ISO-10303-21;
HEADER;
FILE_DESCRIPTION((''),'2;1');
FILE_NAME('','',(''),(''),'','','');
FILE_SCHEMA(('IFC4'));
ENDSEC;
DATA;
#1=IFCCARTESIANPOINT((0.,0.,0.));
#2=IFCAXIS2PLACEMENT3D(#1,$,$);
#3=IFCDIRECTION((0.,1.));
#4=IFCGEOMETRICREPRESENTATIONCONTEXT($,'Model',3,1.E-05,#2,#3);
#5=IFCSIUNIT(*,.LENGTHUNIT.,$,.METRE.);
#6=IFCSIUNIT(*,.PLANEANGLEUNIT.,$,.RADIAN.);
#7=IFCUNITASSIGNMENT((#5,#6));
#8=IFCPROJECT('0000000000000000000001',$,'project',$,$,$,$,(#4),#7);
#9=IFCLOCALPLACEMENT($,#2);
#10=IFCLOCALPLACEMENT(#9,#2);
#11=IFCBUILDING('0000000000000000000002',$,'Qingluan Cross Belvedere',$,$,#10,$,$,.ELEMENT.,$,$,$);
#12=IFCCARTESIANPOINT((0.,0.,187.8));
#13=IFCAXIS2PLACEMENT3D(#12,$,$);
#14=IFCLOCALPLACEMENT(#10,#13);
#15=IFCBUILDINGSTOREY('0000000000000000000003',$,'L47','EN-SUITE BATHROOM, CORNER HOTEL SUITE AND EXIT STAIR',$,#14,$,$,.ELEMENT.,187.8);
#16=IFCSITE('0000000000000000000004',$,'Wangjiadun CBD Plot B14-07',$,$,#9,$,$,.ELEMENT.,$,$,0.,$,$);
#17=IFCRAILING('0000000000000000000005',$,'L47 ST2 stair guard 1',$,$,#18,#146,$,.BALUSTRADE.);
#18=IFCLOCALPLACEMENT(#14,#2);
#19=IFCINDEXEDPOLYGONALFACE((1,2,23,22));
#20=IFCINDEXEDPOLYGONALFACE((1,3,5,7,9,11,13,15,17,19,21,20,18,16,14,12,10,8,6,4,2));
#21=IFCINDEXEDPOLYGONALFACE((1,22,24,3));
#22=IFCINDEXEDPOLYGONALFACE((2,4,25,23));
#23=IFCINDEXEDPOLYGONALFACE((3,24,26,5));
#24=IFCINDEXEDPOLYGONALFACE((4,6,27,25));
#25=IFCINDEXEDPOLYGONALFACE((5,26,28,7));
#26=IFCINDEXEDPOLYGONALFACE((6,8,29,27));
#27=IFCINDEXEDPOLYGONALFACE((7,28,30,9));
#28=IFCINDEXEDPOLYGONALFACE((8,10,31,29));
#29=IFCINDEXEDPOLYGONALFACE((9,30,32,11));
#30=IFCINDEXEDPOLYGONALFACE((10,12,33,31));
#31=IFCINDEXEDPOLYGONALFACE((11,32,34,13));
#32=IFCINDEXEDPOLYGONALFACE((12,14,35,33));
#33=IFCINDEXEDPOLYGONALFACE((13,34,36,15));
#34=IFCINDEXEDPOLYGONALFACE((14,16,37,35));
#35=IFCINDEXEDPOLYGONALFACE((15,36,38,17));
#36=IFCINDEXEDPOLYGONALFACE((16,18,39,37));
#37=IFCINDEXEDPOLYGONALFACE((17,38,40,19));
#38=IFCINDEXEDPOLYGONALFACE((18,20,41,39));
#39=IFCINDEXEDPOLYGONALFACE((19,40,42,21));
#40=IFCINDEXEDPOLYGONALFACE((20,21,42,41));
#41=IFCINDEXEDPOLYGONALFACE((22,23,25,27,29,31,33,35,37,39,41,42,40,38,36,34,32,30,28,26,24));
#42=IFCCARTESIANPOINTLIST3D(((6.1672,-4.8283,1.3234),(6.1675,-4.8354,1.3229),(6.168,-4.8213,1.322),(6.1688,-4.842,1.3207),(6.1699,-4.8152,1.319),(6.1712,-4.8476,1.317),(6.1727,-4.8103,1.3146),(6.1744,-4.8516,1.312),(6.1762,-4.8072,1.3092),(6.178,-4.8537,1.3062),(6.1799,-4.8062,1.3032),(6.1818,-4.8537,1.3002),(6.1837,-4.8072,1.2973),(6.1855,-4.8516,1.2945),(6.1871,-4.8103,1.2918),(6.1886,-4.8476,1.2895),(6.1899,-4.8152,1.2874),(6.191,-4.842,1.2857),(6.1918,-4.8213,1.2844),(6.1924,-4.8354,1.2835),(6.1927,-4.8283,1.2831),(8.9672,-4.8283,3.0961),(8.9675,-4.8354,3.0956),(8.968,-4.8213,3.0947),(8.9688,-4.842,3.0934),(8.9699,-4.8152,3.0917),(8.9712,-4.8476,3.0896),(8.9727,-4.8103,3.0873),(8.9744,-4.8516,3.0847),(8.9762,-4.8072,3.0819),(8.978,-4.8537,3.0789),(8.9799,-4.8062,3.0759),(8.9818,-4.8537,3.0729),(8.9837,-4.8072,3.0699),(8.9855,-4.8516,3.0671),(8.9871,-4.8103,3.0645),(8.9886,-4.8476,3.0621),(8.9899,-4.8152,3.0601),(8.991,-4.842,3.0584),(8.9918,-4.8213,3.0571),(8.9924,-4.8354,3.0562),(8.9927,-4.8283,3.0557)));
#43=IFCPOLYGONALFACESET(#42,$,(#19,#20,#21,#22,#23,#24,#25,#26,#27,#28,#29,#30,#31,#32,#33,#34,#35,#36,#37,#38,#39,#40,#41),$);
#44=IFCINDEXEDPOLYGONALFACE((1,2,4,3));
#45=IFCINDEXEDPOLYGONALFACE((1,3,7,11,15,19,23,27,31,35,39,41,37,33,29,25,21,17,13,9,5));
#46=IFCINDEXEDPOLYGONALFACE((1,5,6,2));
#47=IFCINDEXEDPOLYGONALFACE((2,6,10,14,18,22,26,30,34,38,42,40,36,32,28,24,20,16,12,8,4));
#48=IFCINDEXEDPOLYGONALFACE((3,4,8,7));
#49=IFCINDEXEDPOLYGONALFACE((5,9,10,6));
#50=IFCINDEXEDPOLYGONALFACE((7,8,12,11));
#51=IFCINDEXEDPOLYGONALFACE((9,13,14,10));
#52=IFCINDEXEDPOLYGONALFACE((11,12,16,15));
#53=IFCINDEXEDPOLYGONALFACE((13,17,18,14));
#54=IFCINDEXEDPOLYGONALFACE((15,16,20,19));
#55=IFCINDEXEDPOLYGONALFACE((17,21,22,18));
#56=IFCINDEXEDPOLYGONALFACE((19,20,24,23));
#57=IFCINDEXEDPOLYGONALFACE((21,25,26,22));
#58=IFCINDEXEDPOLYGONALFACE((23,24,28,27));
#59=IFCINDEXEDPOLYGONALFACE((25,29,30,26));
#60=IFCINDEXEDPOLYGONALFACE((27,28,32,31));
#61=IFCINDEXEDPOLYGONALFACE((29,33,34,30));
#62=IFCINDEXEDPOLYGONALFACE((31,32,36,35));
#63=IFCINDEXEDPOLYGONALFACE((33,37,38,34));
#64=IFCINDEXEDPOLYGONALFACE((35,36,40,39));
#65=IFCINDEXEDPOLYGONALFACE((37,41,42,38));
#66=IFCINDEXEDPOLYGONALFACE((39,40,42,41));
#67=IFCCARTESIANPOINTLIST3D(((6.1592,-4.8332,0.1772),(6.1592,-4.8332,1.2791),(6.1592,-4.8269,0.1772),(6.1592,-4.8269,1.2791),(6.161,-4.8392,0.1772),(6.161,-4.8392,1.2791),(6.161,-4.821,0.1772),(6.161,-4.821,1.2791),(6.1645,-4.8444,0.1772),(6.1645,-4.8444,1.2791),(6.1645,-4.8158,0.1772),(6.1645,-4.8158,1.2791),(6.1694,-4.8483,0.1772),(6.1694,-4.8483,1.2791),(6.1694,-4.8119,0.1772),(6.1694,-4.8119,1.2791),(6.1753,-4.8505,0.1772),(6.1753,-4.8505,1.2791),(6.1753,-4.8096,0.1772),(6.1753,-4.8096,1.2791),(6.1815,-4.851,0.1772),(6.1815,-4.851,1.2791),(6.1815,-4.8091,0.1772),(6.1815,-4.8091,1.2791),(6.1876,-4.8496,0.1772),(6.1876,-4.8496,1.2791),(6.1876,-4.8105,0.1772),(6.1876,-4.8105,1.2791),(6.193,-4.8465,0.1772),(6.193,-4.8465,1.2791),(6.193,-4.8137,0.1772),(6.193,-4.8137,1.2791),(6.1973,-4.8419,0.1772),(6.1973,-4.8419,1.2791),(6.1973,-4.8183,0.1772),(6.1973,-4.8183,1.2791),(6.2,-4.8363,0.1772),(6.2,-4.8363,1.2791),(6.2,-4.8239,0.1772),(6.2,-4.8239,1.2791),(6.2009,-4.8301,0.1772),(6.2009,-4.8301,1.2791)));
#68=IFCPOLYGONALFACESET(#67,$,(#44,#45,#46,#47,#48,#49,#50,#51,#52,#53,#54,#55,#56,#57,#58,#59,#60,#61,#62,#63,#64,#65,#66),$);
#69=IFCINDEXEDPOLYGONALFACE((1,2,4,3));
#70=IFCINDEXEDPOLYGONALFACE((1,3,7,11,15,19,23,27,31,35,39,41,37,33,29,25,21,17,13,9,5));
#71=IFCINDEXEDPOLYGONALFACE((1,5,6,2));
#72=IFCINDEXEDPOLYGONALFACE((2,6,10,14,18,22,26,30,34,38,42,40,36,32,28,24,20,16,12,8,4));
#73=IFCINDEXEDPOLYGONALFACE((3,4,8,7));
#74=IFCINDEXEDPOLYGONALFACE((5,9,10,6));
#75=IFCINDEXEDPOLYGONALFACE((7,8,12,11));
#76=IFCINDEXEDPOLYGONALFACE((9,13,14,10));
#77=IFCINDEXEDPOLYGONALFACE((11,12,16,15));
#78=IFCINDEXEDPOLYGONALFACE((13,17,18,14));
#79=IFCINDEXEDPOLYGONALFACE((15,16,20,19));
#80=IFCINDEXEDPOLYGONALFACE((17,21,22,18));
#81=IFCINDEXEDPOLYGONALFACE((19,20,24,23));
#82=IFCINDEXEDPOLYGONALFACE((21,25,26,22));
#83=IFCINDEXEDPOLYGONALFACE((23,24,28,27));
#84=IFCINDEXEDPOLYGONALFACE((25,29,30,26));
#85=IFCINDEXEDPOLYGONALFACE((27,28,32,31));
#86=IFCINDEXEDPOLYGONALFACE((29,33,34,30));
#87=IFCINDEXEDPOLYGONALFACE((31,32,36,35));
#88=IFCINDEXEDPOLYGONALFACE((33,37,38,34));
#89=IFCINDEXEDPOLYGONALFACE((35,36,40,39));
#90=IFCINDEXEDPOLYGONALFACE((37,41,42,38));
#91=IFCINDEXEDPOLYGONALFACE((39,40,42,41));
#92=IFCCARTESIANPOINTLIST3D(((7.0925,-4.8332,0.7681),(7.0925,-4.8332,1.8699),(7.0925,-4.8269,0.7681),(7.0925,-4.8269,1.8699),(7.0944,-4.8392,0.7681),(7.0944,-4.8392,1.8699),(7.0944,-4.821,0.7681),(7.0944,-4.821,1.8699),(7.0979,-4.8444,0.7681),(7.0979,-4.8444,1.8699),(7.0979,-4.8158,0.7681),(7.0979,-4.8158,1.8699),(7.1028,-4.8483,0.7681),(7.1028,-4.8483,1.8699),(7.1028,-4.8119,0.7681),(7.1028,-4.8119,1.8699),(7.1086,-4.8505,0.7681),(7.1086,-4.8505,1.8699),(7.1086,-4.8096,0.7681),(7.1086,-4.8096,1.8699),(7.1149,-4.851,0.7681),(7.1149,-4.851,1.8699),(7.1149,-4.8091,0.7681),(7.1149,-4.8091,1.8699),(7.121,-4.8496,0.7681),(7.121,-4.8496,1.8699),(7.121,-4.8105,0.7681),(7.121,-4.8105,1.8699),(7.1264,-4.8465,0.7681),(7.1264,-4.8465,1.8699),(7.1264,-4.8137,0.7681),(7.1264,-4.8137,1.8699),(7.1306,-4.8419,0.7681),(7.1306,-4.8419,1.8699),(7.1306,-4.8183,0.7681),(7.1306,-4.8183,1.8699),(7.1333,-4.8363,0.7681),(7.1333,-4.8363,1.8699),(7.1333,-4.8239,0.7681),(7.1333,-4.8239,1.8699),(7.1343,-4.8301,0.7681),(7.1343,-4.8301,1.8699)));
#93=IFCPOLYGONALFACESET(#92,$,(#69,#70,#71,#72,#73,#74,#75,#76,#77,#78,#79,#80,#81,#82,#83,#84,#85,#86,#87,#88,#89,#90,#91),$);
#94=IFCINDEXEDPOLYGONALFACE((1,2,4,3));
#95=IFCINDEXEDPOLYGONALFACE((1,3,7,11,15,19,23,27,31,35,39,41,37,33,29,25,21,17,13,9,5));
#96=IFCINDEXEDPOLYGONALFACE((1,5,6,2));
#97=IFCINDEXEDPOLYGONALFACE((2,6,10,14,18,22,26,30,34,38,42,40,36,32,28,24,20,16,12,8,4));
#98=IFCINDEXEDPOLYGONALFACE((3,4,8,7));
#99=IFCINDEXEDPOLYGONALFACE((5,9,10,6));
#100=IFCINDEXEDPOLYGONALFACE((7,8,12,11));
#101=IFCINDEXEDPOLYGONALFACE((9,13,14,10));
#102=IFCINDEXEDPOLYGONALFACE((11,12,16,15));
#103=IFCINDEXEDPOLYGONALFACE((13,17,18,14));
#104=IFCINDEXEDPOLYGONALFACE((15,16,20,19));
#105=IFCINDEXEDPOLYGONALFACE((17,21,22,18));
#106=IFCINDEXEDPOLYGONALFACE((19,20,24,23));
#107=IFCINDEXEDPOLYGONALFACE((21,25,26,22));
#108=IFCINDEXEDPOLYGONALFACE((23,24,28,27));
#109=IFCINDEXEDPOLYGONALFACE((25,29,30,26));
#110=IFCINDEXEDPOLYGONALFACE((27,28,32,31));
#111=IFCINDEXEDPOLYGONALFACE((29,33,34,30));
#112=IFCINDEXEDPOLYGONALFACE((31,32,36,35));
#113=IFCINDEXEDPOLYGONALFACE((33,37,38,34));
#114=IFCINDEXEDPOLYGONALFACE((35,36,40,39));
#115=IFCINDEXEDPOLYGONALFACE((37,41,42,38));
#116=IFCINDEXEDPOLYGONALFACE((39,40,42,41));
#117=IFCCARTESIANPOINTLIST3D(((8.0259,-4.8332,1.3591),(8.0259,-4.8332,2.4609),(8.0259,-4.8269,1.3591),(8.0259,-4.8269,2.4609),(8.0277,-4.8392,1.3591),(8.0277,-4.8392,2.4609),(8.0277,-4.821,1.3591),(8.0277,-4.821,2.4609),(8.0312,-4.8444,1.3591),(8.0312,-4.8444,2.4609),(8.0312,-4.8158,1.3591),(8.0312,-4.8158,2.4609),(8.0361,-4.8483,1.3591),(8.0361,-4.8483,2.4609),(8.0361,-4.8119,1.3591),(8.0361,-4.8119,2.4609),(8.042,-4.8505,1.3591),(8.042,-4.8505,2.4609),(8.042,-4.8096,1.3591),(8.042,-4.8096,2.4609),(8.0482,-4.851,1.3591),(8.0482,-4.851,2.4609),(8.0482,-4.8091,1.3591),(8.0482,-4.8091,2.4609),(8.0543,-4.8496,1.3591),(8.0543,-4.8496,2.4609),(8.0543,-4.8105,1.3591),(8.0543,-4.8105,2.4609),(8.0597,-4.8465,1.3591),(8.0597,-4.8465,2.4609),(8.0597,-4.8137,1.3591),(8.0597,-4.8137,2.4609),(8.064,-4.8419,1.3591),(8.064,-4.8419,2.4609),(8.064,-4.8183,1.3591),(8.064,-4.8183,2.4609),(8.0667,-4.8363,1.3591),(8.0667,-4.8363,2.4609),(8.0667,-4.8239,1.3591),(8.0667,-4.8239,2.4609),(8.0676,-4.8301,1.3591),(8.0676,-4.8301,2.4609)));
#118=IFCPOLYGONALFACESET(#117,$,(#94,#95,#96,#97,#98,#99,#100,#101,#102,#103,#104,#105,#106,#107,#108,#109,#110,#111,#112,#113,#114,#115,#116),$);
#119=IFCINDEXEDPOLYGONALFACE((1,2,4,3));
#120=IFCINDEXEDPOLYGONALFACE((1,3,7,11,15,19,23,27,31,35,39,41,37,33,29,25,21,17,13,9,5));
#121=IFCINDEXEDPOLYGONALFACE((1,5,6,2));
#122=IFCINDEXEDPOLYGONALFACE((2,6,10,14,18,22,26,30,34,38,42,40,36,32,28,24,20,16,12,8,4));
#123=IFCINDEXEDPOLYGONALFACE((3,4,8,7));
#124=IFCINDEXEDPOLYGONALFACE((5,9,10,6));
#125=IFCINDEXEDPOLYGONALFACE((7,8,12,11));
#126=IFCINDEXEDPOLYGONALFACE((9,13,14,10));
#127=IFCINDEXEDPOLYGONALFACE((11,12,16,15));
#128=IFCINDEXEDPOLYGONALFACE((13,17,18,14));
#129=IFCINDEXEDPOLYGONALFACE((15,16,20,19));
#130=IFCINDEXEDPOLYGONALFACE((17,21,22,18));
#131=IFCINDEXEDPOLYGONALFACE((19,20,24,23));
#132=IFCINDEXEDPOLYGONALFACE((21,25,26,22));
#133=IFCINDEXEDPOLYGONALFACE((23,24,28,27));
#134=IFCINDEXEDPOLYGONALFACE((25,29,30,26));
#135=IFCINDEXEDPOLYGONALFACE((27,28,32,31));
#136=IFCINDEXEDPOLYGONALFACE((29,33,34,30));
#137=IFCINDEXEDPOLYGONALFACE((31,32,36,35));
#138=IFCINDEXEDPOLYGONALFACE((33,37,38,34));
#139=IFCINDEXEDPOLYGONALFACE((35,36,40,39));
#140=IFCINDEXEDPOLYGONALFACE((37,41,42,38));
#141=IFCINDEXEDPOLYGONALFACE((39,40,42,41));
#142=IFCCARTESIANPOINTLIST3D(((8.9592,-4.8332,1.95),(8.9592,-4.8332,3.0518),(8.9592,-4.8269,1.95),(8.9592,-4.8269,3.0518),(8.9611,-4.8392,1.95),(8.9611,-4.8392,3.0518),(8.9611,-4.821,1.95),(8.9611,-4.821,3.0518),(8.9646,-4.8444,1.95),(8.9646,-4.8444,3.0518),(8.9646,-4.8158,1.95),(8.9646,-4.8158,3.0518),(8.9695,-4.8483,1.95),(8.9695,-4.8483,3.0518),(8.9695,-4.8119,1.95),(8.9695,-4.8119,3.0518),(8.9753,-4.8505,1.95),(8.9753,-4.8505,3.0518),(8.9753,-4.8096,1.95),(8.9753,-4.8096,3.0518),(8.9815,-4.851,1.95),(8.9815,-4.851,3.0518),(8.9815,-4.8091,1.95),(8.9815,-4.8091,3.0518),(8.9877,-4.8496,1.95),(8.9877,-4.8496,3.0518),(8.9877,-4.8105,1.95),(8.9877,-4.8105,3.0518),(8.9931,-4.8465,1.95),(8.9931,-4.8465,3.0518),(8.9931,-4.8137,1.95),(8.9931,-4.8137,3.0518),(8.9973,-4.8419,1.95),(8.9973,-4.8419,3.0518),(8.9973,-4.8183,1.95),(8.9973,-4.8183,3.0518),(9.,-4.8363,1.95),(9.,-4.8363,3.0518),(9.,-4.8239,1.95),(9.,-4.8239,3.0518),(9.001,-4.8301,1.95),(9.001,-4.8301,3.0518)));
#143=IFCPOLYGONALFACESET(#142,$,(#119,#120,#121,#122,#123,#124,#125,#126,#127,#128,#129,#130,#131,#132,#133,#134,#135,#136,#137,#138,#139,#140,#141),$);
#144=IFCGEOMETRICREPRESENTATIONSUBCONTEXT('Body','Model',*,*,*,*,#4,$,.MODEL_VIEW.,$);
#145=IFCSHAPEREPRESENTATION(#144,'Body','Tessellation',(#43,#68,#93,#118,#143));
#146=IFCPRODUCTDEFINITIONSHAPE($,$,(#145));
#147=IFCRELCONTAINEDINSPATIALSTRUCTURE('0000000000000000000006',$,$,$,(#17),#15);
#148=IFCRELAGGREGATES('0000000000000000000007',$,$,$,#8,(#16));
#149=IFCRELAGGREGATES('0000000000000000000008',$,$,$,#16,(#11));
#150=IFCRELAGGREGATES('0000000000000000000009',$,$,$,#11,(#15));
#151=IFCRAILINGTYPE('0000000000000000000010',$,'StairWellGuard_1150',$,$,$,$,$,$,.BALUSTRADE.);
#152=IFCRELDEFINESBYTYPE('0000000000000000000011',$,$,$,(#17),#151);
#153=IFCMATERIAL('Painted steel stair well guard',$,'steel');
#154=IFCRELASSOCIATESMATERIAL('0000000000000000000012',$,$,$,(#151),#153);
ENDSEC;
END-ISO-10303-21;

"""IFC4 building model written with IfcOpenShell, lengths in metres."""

from ifc_helpers import new_model, si_unit, direction, frame, origin, origin_2d, place, context, subcontext, project, spatial, circle, extrude, material, type_object, element, save


model = new_model("IFC4")

# Units and contexts
model_context = context("Model", 3, precision=1e-05, world=origin(), true_north=direction((0.0, 1.0)))
body_context = subcontext(model_context, "Body", "Model", "MODEL_VIEW")
ifc_project = project(units=[si_unit("LENGTHUNIT", "METRE"), si_unit("PLANEANGLEUNIT", "RADIAN")], contexts=[model_context])

# Site, building, storey
site_placement = place(None, origin())
site = spatial("IfcSite", under=ifc_project, at=site_placement, Name="Wangjiadun CBD Plot B14-07", CompositionType="ELEMENT", RefElevation=0.0)
building_placement = place(site_placement, origin())
building = spatial("IfcBuilding", under=site, at=building_placement, Name="Qingluan Cross Belvedere", CompositionType="ELEMENT")
storey_placement = place(building_placement, frame((0.0, 0.0, 187.8)))
storey = spatial("IfcBuildingStorey", under=building, at=storey_placement, Name="L47", Description="EN-SUITE BATHROOM, CORNER HOTEL SUITE AND EXIT STAIR", CompositionType="ELEMENT", Elevation=187.8)

# Railing
ifc_material_1 = material(Name="Painted steel stair well guard", Category="steel")
railing_type_1 = type_object("IfcRailingType", Name="StairWellGuard_1150", PredefinedType="BALUSTRADE", material=ifc_material_1)
railing_1_placement = place(storey_placement, frame((6.1799, -4.8301, 0.1772)))
element("IfcRailing", 1, at=railing_1_placement, inside=storey, type_object=railing_type_1, Name="L47 ST2 stair guard 1", PredefinedType="BALUSTRADE", context=body_context, shape_type="SweptSolid", body=[
    extrude(circle(Radius=0.0239, at=origin_2d()), frame((0.0, 0.0, 1.126), z_axis=(0.844909, 0.0, 0.53491), x_axis=(0.0, 1.0, 0.0)), (0.0, 0.0, 1.0), 3.314),
    extrude(circle(Radius=0.021, at=origin_2d()), origin(), (0.0, 0.0, 1.0), 1.1018),
    extrude(circle(Radius=0.021, at=origin_2d()), frame((0.9333, 0.0, 0.5908)), (0.0, 0.0, 1.0), 1.1018),
    extrude(circle(Radius=0.021, at=origin_2d()), frame((1.8667, 0.0, 1.1819)), (0.0, 0.0, 1.0), 1.1018),
    extrude(circle(Radius=0.021, at=origin_2d()), frame((2.8, 0.0, 1.7727)), (0.0, 0.0, 1.0), 1.1018),
])

save(model, "model.ifc")
